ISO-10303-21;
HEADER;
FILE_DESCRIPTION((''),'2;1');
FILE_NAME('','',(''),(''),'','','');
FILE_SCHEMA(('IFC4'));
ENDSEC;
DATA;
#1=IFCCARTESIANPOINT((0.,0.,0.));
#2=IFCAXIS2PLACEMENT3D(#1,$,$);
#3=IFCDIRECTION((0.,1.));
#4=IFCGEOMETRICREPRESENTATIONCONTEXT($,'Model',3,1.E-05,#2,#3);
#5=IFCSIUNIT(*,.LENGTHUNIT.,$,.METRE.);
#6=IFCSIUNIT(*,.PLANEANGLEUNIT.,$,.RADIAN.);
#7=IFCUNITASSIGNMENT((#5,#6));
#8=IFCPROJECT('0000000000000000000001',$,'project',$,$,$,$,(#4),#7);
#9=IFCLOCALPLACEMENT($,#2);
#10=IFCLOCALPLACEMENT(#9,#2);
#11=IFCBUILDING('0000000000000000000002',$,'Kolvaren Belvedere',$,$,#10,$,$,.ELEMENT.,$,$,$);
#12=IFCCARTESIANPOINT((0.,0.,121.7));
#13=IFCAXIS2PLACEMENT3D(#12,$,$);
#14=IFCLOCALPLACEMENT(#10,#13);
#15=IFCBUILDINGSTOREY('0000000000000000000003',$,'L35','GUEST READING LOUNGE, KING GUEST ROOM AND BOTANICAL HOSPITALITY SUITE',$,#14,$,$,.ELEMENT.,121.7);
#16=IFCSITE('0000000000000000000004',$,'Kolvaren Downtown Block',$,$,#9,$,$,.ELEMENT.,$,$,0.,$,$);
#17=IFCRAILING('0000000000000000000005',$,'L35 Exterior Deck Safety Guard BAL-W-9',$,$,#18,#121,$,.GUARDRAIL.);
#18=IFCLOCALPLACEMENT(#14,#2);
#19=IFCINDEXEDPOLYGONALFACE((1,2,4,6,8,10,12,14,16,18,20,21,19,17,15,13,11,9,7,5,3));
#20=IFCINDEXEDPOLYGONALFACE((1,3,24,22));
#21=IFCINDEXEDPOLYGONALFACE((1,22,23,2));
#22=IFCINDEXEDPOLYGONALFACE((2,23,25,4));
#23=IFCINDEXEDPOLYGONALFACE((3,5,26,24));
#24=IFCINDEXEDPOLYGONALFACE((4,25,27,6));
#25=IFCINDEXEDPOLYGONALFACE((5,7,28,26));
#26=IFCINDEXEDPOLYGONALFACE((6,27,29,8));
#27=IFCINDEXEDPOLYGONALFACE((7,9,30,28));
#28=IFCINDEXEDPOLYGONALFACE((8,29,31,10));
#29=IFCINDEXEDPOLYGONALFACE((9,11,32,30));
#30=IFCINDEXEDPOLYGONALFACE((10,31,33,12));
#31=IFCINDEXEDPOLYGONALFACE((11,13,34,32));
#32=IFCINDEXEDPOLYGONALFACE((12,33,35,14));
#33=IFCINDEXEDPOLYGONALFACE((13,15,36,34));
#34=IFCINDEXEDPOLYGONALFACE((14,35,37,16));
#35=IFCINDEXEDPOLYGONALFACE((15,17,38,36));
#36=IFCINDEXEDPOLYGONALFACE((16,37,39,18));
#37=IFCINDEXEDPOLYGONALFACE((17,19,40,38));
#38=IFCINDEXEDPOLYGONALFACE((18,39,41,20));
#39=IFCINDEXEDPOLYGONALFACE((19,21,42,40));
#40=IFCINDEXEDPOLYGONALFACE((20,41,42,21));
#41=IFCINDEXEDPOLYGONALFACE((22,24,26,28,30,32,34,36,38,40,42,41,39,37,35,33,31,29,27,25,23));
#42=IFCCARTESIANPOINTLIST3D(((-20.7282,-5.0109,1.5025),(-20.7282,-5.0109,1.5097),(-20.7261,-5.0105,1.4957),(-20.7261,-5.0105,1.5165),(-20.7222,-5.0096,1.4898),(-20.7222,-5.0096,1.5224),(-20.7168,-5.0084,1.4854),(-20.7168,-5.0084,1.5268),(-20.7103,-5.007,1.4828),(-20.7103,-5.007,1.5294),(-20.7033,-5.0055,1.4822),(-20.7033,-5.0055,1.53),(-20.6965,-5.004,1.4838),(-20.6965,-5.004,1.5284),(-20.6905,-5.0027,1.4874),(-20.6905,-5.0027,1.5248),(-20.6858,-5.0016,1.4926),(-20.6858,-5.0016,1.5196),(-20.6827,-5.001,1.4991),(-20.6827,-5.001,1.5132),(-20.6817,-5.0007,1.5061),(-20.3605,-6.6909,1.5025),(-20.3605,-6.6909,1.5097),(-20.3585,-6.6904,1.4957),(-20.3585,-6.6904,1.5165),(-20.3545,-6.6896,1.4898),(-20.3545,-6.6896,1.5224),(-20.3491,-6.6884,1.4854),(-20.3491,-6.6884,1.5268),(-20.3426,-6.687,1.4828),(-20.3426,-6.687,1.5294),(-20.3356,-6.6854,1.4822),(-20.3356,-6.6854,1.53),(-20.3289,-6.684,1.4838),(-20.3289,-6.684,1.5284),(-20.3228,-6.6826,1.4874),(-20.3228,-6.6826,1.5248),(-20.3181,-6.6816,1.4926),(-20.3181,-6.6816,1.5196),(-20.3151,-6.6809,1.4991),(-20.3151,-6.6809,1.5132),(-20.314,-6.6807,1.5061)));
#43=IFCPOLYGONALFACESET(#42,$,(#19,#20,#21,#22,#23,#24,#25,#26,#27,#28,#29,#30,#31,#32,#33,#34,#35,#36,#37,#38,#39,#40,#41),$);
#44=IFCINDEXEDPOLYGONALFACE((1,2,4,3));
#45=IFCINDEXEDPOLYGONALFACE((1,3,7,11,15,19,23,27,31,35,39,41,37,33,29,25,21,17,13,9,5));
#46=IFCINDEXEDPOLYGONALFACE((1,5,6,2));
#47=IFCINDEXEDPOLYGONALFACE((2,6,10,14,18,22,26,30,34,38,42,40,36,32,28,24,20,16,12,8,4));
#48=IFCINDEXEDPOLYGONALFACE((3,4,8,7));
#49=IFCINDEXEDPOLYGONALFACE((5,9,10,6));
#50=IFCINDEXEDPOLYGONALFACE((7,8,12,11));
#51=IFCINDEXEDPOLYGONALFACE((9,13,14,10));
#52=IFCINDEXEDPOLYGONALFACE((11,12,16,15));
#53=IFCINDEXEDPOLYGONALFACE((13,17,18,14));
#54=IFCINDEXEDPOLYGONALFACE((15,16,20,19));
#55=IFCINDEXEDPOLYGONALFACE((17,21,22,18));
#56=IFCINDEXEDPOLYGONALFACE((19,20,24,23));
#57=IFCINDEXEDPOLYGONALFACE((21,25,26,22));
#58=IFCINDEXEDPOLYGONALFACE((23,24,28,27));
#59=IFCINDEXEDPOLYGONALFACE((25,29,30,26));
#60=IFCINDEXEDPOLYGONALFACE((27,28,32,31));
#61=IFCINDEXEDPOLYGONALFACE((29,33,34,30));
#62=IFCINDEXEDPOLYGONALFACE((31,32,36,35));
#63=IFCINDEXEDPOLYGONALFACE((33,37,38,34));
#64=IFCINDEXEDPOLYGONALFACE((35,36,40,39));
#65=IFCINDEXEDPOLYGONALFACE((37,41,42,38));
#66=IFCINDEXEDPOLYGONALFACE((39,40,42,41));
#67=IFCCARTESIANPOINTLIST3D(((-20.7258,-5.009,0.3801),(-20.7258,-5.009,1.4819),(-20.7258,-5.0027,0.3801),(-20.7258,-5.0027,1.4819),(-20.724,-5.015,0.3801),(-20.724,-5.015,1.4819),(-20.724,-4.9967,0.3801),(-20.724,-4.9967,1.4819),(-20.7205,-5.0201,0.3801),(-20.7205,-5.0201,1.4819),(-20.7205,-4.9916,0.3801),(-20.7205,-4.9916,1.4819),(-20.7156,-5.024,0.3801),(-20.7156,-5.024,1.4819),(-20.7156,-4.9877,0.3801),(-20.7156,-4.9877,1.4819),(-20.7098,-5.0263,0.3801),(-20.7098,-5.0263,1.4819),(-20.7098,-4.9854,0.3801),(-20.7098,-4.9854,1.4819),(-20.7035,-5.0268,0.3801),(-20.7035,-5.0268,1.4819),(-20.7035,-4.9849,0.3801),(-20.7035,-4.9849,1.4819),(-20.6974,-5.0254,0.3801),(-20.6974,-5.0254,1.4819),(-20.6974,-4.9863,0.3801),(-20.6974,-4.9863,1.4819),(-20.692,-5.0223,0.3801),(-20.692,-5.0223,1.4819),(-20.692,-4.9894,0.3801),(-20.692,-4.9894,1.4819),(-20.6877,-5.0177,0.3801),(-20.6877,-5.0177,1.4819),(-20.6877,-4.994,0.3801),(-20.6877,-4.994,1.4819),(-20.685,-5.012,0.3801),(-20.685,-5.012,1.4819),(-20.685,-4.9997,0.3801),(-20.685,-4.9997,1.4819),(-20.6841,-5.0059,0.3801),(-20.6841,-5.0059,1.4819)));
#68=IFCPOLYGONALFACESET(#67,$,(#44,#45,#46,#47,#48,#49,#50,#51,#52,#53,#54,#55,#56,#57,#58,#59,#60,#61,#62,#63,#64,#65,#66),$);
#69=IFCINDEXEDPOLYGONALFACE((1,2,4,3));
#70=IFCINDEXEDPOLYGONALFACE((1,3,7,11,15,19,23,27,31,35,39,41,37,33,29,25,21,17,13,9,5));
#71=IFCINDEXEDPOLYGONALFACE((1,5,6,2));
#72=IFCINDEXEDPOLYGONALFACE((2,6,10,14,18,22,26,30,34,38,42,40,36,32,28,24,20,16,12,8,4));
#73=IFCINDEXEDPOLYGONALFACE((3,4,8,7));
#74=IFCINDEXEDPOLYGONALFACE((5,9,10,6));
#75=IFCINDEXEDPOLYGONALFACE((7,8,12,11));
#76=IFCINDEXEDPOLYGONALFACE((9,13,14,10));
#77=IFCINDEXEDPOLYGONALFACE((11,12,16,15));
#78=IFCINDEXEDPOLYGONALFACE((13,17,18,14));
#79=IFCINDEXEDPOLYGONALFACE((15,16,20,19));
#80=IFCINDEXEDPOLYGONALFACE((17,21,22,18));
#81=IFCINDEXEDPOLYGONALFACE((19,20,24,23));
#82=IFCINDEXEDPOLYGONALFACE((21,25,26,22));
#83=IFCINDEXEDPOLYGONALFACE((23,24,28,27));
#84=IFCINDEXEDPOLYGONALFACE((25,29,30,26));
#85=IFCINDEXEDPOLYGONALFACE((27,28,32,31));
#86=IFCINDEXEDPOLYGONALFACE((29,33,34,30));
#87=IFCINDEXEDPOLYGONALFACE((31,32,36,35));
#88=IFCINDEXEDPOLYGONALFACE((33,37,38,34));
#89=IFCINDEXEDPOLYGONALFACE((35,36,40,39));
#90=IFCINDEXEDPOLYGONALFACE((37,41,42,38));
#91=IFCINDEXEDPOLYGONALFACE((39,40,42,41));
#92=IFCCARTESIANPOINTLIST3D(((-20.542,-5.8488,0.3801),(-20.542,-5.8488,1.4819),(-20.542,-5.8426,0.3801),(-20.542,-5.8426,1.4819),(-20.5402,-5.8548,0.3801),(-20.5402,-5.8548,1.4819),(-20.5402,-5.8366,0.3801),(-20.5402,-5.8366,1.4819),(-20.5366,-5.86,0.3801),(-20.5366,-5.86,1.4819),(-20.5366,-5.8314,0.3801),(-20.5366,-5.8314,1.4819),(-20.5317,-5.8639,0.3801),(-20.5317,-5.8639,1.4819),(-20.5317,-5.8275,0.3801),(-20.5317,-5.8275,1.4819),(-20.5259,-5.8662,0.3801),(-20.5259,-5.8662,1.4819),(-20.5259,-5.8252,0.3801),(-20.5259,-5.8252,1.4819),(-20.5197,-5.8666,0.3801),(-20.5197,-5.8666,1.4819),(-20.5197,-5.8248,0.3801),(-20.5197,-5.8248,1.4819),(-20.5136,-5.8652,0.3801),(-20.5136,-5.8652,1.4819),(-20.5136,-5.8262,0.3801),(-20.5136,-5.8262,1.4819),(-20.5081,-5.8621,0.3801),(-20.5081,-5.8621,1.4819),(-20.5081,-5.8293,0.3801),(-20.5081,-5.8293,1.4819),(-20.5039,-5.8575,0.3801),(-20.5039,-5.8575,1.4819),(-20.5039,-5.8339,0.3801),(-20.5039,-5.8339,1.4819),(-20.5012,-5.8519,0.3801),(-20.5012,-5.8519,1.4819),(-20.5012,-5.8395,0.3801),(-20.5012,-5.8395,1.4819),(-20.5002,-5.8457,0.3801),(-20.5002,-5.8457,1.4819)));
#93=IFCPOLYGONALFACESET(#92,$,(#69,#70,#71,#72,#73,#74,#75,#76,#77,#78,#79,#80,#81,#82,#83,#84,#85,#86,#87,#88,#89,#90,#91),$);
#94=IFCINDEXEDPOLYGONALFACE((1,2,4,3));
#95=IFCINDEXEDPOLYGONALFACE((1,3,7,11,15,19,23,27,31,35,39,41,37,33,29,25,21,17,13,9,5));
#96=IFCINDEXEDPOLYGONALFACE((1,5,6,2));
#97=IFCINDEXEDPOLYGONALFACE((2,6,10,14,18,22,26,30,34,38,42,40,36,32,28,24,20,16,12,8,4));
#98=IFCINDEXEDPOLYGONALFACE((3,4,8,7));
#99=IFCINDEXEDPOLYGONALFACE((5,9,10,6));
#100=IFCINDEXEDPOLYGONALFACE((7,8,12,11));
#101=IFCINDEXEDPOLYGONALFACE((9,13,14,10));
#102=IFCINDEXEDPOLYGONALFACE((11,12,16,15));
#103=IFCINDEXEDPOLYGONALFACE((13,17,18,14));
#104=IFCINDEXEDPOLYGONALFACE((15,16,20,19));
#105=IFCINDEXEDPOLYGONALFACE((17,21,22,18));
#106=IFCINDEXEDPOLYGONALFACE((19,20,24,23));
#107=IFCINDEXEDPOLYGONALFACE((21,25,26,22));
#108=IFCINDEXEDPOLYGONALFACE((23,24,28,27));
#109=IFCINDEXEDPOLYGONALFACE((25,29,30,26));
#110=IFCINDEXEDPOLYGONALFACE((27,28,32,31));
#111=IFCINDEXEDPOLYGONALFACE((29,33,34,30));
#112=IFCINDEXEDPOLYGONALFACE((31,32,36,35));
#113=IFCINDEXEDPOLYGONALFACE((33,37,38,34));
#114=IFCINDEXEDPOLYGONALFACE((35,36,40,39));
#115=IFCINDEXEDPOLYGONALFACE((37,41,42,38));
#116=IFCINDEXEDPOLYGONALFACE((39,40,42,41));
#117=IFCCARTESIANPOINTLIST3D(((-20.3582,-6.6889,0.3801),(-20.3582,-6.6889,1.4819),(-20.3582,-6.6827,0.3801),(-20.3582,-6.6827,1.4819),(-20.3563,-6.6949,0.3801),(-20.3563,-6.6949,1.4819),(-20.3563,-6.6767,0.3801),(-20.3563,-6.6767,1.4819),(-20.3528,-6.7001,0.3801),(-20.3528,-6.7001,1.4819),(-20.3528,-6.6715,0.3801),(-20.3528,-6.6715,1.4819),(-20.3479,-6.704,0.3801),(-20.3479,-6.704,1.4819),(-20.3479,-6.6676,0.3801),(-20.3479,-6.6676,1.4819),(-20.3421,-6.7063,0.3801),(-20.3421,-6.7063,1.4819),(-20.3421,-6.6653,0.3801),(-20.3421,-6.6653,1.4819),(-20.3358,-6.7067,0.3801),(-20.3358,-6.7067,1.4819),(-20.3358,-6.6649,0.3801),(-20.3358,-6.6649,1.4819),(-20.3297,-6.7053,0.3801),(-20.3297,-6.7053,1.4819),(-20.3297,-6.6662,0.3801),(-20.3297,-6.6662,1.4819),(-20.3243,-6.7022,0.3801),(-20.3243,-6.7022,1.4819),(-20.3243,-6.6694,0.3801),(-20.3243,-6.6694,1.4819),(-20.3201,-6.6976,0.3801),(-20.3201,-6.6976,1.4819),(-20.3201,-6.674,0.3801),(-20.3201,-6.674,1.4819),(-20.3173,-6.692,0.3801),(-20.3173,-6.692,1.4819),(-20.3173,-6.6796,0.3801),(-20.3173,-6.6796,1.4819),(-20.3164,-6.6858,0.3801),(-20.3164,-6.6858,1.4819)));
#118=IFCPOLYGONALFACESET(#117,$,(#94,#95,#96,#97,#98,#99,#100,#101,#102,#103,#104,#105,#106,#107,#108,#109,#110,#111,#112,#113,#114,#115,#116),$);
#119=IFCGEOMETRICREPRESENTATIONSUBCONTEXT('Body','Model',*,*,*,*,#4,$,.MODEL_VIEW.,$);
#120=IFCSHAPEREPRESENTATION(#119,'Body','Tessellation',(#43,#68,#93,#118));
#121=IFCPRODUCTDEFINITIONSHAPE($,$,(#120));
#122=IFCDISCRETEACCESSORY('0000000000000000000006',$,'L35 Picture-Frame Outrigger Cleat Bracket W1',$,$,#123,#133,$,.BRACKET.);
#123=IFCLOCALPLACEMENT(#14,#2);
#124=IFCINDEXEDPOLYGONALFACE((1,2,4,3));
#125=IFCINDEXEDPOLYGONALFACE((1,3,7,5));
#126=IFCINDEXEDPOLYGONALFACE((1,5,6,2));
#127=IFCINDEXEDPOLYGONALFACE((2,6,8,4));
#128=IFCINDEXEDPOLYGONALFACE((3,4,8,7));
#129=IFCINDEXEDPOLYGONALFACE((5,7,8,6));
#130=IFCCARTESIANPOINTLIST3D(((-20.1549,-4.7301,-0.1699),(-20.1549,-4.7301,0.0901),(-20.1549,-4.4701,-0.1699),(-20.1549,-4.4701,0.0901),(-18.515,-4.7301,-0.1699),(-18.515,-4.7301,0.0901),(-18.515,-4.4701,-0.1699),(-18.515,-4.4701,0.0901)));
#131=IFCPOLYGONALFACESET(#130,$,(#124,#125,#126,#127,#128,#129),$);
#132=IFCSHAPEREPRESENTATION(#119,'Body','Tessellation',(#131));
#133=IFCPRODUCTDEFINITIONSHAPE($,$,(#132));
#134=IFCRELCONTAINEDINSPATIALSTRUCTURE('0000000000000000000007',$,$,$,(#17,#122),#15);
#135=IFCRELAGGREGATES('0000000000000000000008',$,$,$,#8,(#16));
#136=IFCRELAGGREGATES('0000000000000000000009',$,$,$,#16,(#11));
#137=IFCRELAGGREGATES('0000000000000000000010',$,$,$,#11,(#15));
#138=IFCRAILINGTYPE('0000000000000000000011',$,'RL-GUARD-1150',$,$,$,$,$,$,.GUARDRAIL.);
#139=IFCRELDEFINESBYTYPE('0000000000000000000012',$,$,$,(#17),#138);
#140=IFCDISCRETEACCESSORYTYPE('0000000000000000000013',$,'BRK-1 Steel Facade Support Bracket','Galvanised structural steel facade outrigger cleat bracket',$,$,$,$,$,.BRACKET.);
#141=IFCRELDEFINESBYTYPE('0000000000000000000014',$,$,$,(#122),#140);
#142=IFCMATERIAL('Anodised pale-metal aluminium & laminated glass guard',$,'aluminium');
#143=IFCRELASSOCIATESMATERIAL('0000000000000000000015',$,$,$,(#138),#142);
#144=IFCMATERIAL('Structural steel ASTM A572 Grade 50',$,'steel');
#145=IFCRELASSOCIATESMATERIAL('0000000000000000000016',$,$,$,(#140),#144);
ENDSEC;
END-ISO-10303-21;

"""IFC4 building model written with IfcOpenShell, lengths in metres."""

from ifc_helpers import new_model, si_unit, direction, frame, origin, origin_2d, place, context, subcontext, project, spatial, rectangle, circle, extrude, material, type_object, element, save


model = new_model("IFC4")

# Units and contexts
model_context = context("Model", 3, precision=1e-05, world=origin(), true_north=direction((0.0, 1.0)))
body_context = subcontext(model_context, "Body", "Model", "MODEL_VIEW")
ifc_project = project(units=[si_unit("LENGTHUNIT", "METRE"), si_unit("PLANEANGLEUNIT", "RADIAN")], contexts=[model_context])

# Site, building, storey
site_placement = place(None, origin())
site = spatial("IfcSite", under=ifc_project, at=site_placement, Name="Kolvaren Downtown Block", CompositionType="ELEMENT", RefElevation=0.0)
building_placement = place(site_placement, origin())
building = spatial("IfcBuilding", under=site, at=building_placement, Name="Kolvaren Belvedere", CompositionType="ELEMENT")
storey_placement = place(building_placement, frame((0.0, 0.0, 121.7)))
storey = spatial("IfcBuildingStorey", under=building, at=storey_placement, Name="L35", Description="GUEST READING LOUNGE, KING GUEST ROOM AND BOTANICAL HOSPITALITY SUITE", CompositionType="ELEMENT", Elevation=121.7)

# Railing
ifc_material_1 = material(Name="Anodised pale-metal aluminium & laminated glass guard", Category="aluminium")
railing_type = type_object("IfcRailingType", Name="RL-GUARD-1150", PredefinedType="GUARDRAIL", material=ifc_material_1)
railing_1_placement = place(storey_placement, frame((-20.7051, -5.0059, 0.3801)))
element("IfcRailing", 1, at=railing_1_placement, inside=storey, type_object=railing_type, Name="L35 Exterior Deck Safety Guard BAL-W-9", PredefinedType="GUARDRAIL", context=body_context, shape_type="SweptSolid", body=[
    extrude(circle(Radius=0.0239, at=origin_2d()), frame((0.0, 0.0, 1.126), z_axis=(0.213803, -0.976877, 0.0), x_axis=(0.976877, 0.213803, 0.0)), (0.0, 0.0, 1.0), 1.7197),
    extrude(circle(Radius=0.021, at=origin_2d()), origin(), (0.0, 0.0, 1.0), 1.1018),
    extrude(circle(Radius=0.021, at=origin_2d()), frame((0.1838, -0.8398, 0.0)), (0.0, 0.0, 1.0), 1.1018),
    extrude(circle(Radius=0.021, at=origin_2d()), frame((0.3677, -1.6799, 0.0)), (0.0, 0.0, 1.0), 1.1018),
])

# Discrete accessory
ifc_material_2 = material(Name="Structural steel ASTM A572 Grade 50", Category="steel")
discrete_accessory_type = type_object("IfcDiscreteAccessoryType", Name="BRK-1 Steel Facade Support Bracket", Description="Galvanised structural steel facade outrigger cleat bracket", PredefinedType="BRACKET", material=ifc_material_2)
discrete_accessory_placement = place(storey_placement, frame((-19.335, -4.6001, -0.1699), z_axis=(0.0, 0.0, 1.0), x_axis=(1.0, 0.0, 0.0)))
element("IfcDiscreteAccessory", 2, at=discrete_accessory_placement, inside=storey, type_object=discrete_accessory_type, Name="L35 Picture-Frame Outrigger Cleat Bracket W1", PredefinedType="BRACKET", context=body_context, shape_type="SweptSolid", body=[
    extrude(rectangle(XDim=1.6399, YDim=0.26, at=origin_2d()), origin(), (0.0, 0.0, 1.0), 0.26),
])

save(model, "model.ifc")
